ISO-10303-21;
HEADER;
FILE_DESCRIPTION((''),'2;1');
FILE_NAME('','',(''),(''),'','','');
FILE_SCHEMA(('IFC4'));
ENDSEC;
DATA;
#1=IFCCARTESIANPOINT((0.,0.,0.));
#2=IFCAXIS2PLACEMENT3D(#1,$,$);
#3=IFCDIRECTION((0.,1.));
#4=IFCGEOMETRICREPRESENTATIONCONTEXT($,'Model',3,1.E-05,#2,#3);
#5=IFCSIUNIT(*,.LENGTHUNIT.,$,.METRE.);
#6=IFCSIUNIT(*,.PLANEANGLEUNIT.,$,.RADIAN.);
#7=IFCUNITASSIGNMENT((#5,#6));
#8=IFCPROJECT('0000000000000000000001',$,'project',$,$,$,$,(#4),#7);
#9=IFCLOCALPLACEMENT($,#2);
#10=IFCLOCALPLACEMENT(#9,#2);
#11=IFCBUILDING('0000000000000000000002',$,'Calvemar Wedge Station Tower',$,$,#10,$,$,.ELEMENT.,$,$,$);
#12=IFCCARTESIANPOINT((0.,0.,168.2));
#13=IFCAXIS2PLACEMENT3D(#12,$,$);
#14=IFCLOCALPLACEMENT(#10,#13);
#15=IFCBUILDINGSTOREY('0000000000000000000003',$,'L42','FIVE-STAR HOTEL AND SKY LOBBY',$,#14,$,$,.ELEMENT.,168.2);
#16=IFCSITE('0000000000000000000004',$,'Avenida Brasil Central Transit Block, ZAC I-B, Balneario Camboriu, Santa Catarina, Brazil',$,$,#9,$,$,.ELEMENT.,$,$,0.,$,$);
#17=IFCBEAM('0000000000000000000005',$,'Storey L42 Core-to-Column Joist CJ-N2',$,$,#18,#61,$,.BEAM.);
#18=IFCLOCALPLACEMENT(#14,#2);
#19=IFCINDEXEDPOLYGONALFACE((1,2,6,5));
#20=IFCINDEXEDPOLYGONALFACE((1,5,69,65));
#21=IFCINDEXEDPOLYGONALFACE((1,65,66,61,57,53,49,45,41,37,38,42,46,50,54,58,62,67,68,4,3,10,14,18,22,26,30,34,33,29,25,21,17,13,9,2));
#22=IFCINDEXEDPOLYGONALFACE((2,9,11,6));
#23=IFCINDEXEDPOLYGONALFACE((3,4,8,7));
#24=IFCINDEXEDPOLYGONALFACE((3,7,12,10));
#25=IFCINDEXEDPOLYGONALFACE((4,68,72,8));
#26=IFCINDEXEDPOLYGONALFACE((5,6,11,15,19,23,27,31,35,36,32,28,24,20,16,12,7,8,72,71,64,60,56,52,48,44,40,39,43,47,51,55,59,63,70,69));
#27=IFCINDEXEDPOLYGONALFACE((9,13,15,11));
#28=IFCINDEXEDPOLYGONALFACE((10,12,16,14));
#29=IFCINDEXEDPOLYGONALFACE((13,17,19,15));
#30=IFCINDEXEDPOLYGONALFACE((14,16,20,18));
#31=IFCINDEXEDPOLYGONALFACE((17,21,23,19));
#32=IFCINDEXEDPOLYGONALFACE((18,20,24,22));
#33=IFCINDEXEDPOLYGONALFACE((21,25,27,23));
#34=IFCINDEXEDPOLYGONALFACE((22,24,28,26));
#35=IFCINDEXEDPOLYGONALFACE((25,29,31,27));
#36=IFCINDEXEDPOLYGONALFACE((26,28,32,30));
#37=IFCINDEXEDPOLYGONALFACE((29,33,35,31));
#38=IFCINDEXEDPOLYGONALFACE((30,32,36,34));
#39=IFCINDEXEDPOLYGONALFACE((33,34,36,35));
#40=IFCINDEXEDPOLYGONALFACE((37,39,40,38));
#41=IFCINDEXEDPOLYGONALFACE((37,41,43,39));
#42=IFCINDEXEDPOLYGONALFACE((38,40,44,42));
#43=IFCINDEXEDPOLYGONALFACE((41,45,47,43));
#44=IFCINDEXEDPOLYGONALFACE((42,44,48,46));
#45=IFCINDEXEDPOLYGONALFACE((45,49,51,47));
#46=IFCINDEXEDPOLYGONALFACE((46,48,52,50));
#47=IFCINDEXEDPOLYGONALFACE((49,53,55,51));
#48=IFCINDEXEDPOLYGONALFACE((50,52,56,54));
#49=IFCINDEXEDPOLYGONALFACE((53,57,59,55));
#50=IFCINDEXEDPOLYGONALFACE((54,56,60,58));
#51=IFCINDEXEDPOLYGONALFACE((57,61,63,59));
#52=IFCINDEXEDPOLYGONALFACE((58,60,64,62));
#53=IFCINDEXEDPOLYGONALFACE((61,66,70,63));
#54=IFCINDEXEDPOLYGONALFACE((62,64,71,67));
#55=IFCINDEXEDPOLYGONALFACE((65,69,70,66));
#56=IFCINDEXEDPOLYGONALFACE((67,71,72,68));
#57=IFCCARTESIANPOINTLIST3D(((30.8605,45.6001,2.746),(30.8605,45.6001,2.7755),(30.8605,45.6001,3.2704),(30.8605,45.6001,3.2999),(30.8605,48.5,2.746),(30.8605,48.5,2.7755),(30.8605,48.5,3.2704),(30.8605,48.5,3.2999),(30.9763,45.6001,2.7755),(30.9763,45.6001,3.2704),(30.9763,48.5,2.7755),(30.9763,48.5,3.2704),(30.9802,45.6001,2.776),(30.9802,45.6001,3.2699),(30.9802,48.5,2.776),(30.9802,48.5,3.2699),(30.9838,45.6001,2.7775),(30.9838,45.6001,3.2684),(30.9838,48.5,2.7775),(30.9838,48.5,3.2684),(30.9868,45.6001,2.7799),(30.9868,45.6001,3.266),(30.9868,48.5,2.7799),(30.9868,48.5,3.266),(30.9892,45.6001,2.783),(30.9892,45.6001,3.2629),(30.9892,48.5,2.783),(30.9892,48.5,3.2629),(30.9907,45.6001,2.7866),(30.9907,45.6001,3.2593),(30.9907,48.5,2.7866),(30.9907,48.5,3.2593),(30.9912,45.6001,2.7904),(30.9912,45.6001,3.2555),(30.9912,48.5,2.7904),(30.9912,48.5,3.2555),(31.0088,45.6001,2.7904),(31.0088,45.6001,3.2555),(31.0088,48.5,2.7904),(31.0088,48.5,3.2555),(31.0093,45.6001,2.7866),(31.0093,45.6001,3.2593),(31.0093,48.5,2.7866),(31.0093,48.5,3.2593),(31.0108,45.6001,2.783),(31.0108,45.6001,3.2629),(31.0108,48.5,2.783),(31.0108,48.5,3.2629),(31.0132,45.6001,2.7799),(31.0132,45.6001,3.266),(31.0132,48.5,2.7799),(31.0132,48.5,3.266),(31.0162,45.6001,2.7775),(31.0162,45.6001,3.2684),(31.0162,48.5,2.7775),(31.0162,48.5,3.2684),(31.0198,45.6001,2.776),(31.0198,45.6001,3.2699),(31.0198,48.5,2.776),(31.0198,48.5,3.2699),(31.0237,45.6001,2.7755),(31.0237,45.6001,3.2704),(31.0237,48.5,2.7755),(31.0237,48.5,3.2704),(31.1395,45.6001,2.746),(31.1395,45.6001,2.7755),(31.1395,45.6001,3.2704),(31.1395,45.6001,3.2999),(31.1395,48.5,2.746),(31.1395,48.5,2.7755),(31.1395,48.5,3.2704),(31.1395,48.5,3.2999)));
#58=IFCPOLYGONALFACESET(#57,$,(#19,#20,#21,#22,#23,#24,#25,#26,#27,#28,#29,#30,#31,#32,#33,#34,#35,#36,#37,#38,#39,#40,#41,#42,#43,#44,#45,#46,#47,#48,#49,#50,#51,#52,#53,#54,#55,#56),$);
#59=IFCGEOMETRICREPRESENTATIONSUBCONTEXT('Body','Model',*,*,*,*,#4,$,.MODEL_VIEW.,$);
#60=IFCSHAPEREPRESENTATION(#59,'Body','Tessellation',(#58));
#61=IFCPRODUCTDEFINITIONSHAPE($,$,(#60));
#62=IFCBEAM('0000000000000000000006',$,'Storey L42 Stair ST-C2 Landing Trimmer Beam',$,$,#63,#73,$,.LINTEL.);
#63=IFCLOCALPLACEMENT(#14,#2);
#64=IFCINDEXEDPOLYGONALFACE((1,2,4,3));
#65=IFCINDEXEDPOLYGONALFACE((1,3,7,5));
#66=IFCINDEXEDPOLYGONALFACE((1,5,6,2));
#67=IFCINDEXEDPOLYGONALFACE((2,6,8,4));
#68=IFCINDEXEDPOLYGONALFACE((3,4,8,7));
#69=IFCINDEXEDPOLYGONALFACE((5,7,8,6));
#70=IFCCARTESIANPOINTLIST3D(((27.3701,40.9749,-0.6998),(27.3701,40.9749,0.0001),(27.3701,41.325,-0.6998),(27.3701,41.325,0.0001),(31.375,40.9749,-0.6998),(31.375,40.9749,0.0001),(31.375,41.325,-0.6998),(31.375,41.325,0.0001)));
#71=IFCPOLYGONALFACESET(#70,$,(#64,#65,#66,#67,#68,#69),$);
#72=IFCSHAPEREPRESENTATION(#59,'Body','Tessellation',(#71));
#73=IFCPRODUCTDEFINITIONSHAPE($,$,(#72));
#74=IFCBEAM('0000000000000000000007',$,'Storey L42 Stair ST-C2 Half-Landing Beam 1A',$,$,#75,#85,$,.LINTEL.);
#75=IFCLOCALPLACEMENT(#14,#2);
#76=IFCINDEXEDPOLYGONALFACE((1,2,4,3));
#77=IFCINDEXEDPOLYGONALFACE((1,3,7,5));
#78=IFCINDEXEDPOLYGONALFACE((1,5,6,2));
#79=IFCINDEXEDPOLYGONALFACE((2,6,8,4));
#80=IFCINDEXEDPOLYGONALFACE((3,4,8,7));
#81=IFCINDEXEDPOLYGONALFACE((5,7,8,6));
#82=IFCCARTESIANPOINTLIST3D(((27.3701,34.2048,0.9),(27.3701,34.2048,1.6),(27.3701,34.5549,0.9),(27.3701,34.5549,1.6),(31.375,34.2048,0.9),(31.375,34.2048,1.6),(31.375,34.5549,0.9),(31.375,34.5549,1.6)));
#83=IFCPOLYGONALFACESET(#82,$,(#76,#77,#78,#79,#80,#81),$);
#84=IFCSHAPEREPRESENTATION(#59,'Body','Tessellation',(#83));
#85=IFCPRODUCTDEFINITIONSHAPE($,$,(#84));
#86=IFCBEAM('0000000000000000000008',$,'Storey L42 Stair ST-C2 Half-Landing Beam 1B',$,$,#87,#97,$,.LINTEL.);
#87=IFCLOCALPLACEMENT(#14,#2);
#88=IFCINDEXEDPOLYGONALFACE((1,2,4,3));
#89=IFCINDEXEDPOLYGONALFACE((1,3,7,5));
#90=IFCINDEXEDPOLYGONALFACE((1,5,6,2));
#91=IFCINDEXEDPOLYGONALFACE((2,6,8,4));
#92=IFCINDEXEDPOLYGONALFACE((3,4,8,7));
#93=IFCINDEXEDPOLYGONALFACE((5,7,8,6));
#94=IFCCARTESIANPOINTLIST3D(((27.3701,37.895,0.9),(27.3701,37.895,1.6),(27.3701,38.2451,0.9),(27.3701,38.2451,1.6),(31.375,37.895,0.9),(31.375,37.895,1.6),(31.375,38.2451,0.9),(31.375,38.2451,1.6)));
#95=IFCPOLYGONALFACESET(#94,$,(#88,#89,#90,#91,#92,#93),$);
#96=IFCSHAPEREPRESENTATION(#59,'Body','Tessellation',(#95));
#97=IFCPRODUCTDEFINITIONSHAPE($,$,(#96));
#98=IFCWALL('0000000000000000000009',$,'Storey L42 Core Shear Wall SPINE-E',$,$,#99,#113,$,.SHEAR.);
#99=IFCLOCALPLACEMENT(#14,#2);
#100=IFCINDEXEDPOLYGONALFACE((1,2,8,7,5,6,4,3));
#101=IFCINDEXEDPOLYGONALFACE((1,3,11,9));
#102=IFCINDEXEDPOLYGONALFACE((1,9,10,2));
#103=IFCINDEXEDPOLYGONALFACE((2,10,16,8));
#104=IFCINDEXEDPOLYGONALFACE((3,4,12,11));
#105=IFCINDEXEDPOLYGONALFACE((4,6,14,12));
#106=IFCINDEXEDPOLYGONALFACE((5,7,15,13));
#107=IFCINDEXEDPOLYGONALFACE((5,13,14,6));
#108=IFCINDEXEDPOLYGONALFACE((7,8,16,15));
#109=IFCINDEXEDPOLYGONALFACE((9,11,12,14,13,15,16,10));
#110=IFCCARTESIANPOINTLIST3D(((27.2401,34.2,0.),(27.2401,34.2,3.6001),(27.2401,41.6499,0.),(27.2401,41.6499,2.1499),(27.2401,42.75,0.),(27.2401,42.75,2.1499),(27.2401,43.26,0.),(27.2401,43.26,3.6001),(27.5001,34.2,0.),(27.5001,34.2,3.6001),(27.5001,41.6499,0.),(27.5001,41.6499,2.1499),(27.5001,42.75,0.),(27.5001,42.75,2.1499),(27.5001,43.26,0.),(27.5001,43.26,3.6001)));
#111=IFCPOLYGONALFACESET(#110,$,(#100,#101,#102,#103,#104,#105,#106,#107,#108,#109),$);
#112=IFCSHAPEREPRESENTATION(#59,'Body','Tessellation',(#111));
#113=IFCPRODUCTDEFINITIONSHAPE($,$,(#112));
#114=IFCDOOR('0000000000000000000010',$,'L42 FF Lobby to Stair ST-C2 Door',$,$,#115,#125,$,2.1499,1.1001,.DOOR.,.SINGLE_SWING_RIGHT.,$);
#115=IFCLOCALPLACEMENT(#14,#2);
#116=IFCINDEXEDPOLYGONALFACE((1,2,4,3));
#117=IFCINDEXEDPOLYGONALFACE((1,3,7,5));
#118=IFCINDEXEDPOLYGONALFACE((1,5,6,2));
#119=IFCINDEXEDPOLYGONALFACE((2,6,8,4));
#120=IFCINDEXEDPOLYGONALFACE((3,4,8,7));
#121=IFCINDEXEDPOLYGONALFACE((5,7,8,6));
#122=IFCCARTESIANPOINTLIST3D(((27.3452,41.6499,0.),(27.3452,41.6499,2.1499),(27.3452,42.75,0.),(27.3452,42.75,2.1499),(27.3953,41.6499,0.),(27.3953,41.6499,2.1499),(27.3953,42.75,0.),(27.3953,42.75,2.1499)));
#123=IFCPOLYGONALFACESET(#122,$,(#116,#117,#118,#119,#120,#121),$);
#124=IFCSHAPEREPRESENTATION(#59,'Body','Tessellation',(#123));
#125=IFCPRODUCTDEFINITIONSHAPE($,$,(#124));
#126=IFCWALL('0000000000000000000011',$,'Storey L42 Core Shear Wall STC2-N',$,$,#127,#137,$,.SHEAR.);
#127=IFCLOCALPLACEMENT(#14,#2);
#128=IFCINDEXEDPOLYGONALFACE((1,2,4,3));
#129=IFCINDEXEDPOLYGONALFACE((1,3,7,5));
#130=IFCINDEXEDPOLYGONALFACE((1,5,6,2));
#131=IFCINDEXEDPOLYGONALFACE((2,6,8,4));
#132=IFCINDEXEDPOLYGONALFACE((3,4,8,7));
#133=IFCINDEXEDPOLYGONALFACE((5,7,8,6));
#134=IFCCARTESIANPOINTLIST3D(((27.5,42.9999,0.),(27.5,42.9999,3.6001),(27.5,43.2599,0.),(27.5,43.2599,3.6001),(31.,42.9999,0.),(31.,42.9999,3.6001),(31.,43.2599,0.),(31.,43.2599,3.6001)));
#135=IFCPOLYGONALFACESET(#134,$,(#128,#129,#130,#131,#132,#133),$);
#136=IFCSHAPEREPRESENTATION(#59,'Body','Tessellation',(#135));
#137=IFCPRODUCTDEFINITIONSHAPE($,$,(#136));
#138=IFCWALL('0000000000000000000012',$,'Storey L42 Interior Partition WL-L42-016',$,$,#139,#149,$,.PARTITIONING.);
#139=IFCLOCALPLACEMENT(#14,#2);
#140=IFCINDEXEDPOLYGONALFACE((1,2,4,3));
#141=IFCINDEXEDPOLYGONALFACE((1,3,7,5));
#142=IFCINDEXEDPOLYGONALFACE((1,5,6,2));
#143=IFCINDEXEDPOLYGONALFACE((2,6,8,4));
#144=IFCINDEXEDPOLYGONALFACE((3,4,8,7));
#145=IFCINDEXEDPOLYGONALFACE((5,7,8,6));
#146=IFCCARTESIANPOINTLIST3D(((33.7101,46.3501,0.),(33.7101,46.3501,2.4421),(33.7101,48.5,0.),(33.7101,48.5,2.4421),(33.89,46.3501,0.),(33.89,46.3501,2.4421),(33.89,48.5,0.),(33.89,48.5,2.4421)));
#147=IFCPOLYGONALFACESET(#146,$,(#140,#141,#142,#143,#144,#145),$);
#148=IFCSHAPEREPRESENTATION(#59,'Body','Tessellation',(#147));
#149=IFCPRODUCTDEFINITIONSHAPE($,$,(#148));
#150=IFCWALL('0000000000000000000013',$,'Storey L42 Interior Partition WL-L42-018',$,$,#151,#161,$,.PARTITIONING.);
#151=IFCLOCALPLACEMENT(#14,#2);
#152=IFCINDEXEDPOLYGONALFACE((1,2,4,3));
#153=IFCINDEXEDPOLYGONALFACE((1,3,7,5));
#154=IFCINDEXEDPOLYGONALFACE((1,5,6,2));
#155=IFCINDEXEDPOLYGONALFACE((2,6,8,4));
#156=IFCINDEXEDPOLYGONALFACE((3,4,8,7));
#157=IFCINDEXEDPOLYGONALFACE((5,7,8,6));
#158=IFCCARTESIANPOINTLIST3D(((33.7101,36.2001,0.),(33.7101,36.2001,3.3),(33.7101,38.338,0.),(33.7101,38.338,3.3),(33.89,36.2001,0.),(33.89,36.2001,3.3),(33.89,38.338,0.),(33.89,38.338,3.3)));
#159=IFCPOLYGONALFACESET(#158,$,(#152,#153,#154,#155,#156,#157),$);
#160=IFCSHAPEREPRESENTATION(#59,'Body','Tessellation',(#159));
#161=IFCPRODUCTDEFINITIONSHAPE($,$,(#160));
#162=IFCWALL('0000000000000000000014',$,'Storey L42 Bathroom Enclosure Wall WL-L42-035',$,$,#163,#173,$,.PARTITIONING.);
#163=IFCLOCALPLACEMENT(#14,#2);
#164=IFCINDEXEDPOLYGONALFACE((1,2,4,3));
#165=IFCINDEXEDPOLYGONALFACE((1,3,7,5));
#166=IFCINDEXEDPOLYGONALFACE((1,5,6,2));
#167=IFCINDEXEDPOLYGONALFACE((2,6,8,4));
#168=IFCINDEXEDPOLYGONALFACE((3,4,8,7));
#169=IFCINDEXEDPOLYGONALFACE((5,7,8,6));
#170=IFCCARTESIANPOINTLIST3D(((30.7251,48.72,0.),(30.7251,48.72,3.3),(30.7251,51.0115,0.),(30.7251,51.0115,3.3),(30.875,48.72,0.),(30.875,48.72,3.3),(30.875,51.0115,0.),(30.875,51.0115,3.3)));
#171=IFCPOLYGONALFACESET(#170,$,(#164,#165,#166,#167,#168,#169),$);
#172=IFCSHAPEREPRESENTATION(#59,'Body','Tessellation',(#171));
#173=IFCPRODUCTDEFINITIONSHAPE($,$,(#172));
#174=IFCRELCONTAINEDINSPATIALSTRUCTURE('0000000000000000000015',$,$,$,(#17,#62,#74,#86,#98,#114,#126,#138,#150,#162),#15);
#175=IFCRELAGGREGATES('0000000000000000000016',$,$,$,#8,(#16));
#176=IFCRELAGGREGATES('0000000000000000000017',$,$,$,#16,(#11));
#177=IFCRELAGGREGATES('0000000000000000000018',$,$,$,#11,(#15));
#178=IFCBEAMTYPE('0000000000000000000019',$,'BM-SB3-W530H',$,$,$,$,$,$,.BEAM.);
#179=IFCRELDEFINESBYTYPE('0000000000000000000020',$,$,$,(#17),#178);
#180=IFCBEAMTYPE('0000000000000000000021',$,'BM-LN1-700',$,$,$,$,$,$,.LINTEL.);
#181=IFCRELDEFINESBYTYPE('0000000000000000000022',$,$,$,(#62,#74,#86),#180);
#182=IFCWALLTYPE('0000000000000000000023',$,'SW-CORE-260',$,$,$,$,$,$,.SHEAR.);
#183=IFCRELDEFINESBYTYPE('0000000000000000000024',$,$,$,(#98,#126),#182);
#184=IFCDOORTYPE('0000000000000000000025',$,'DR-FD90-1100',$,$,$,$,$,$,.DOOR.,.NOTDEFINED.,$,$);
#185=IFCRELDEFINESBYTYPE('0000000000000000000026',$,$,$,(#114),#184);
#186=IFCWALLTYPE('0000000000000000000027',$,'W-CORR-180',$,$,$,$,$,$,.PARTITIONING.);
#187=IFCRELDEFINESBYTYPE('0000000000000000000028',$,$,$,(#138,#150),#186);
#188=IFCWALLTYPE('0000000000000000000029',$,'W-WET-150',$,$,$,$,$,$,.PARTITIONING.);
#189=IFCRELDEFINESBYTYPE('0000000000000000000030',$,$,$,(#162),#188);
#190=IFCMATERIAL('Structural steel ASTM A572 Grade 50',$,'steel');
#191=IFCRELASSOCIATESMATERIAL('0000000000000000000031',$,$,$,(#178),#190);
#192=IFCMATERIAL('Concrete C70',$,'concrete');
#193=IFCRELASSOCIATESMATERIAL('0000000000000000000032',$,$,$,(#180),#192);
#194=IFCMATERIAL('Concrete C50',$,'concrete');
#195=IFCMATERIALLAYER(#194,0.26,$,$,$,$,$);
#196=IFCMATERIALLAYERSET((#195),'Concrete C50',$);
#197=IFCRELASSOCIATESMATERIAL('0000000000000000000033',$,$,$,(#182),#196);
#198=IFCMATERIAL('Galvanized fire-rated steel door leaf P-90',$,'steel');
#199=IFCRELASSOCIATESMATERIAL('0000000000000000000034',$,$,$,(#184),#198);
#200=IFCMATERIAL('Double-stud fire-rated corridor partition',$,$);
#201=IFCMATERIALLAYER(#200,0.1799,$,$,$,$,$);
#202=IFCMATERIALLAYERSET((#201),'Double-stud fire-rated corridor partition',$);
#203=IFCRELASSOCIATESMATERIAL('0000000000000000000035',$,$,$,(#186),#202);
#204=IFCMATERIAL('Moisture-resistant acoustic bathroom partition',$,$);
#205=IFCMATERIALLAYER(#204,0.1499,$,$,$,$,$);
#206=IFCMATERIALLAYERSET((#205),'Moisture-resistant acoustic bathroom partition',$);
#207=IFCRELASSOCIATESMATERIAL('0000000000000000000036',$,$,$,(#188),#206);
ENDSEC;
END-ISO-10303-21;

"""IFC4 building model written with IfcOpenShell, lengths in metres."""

from ifc_helpers import new_model, si_unit, direction, frame, frame_2d, origin, origin_2d, place, context, subcontext, project, spatial, rectangle, i_section, extrude, source, transform, mapped, material, layer, layer_set, material_profile, profile_set, type_object, element, fill, save


model = new_model("IFC4")

# Units and contexts
model_context = context("Model", 3, precision=1e-05, world=origin(), true_north=direction((0.0, 1.0)))
body_context = subcontext(model_context, "Body", "Model", "MODEL_VIEW")
ifc_project = project(units=[si_unit("LENGTHUNIT", "METRE"), si_unit("PLANEANGLEUNIT", "RADIAN")], contexts=[model_context])

# Site, building, storey
site_placement = place(None, origin())
site = spatial("IfcSite", under=ifc_project, at=site_placement, Name="Avenida Brasil Central Transit Block, ZAC I-B, Balneario Camboriu, Santa Catarina, Brazil", CompositionType="ELEMENT", RefElevation=0.0)
building_placement = place(site_placement, origin())
building = spatial("IfcBuilding", under=site, at=building_placement, Name="Calvemar Wedge Station Tower", CompositionType="ELEMENT")
storey_placement = place(building_placement, frame((0.0, 0.0, 168.2)))
storey = spatial("IfcBuildingStorey", under=building, at=storey_placement, Name="L42", Description="FIVE-STAR HOTEL AND SKY LOBBY", CompositionType="ELEMENT", Elevation=168.2)

# Beams
ifc_material_1 = material(Name="Structural steel ASTM A572 Grade 50", Category="steel")
ifc_material_profile_1 = material_profile(ifc_material_1, i_section(OverallWidth=0.2791, OverallDepth=0.554, WebThickness=0.0176, FlangeThickness=0.0295, FilletRadius=0.0149, at=origin_2d()), Name="W530x196")
ifc_profile_set_1 = profile_set([ifc_material_profile_1], Name="Structural steel ASTM A572 Grade 50")
beam_type_1 = type_object("IfcBeamType", Name="BM-SB3-W530H", PredefinedType="BEAM", material=ifc_profile_set_1)
shared_shape_1 = source(origin(), body_context, "Body", "SweptSolid", [
    extrude(i_section(OverallWidth=0.2791, OverallDepth=0.554, WebThickness=0.0176, FlangeThickness=0.0295, FilletRadius=0.0149, at=origin_2d()), origin(), (0.0, 0.0, 1.0), 2.8999),
])
beam_1_placement = place(storey_placement, frame((31.0, 45.6001, 3.0229), z_axis=(0.0, 1.0, 0.0), x_axis=(-1.0, 0.0, 0.0)))
element("IfcBeam", 1, at=beam_1_placement, inside=storey, type_object=beam_type_1, Name="Storey L42 Core-to-Column Joist CJ-N2", PredefinedType="BEAM", context=body_context, shape_type="MappedRepresentation", body=[
    mapped(shared_shape_1, transform((0.0, 0.0, 0.0), scale=1.0)),
])
ifc_material_2 = material(Name="Concrete C70", Category="concrete")
ifc_material_profile_2 = material_profile(ifc_material_2, rectangle(XDim=0.3501, YDim=0.7, at=origin_2d()), Name="RC350x700")
ifc_profile_set_2 = profile_set([ifc_material_profile_2], Name="Concrete C70")
beam_type_2 = type_object("IfcBeamType", Name="BM-LN1-700", PredefinedType="LINTEL", material=ifc_profile_set_2)
shared_shape_2 = source(origin(), body_context, "Body", "SweptSolid", [
    extrude(rectangle(XDim=0.3501, YDim=0.7, at=origin_2d()), origin(), (0.0, 0.0, 1.0), 4.0049),
])
for number, where, z_axis, x_axis, name in (
    (2, (27.3701, 41.1499, -0.3499), (1.0, 0.0, 0.0), (0.0, 1.0, 0.0), "Storey L42 Stair ST-C2 Landing Trimmer Beam"),
    (3, (27.3701, 34.3799, 1.25), (1.0, 0.0, 0.0), (0.0, 1.0, 0.0), "Storey L42 Stair ST-C2 Half-Landing Beam 1A"),
    (4, (27.3701, 38.0701, 1.25), (1.0, 0.0, 0.0), (0.0, 1.0, 0.0), "Storey L42 Stair ST-C2 Half-Landing Beam 1B"),
):
    element("IfcBeam", number, at=place(storey_placement, frame(where, z_axis=z_axis, x_axis=x_axis)), inside=storey, type_object=beam_type_2, Name=name, PredefinedType="LINTEL", context=body_context, shape_type="MappedRepresentation", body=[
        mapped(shared_shape_2, transform((0.0, 0.0, 0.0), scale=1.0)),
    ])

# Wall, opening, door
ifc_material_3 = material(Name="Concrete C50", Category="concrete")
ifc_layer_1 = layer(ifc_material_3, 0.26)
ifc_layer_set_1 = layer_set([ifc_layer_1], Name="Concrete C50")
wall_type_1 = type_object("IfcWallType", Name="SW-CORE-260", PredefinedType="SHEAR", material=ifc_layer_set_1)
wall_1_placement = place(storey_placement, frame((27.3701, 34.2, 0.0), z_axis=(0.0, 0.0, 1.0), x_axis=(0.0, 1.0, 0.0)))
wall_1 = element("IfcWall", 5, at=wall_1_placement, inside=storey, type_object=wall_type_1, Name="Storey L42 Core Shear Wall SPINE-E", PredefinedType="SHEAR", context=body_context, shape_type="SweptSolid", body=[
    extrude(rectangle(XDim=9.0601, YDim=0.26, at=frame_2d((4.53, 0.0))), origin(), (0.0, 0.0, 1.0), 3.6001),
])
shared_shape_3 = source(origin(), body_context, "Body", "SweptSolid", [
    extrude(rectangle(XDim=1.1001, YDim=2.1499, at=frame_2d((0.55, 1.075))), frame((0.0, 0.1401, 0.0), z_axis=(0.0, -1.0, 0.0), x_axis=(1.0, 0.0, 0.0)), (0.0, 0.0, 1.0), 0.28),
])
opening_1_placement = place(wall_1_placement, frame((7.45, 0.0, 0.0)))
opening_1 = element("IfcOpeningElement", 6, at=opening_1_placement, cuts=wall_1, PredefinedType="OPENING", context=body_context, shape_type="MappedRepresentation", body=[
    mapped(shared_shape_3, transform((0.0, 0.0, 0.0), scale=1.0)),
])
ifc_material_4 = material(Name="Galvanized fire-rated steel door leaf P-90", Category="steel")
door_type_1 = type_object("IfcDoorType", Name="DR-FD90-1100", OperationType="NOTDEFINED", PredefinedType="DOOR", material=ifc_material_4)
shared_shape_4 = source(origin(), body_context, "Body", "SweptSolid", [
    extrude(rectangle(XDim=1.1001, YDim=2.1499, at=frame_2d((0.55, 1.075))), frame((0.0, 0.0249, 0.0), z_axis=(0.0, -1.0, 0.0), x_axis=(1.0, 0.0, 0.0)), (0.0, 0.0, 1.0), 0.05),
])
door_1_placement = place(opening_1_placement, origin())
door_1 = element("IfcDoor", 7, at=door_1_placement, inside=storey, type_object=door_type_1, Name="L42 FF Lobby to Stair ST-C2 Door", OperationType="SINGLE_SWING_RIGHT", OverallHeight=2.1499, OverallWidth=1.1001, PredefinedType="DOOR", context=body_context, shape_type="MappedRepresentation", body=[
    mapped(shared_shape_4, transform((0.0, 0.0, 0.0), scale=1.0)),
])
fill(opening_1, door_1)

# Wall
wall_2_placement = place(storey_placement, frame((27.5, 43.1299, 0.0), z_axis=(0.0, 0.0, 1.0), x_axis=(1.0, 0.0, 0.0)))
element("IfcWall", 8, at=wall_2_placement, inside=storey, type_object=wall_type_1, Name="Storey L42 Core Shear Wall STC2-N", PredefinedType="SHEAR", context=body_context, shape_type="SweptSolid", body=[
    extrude(rectangle(XDim=3.5, YDim=0.26, at=frame_2d((1.75, 0.0))), origin(), (0.0, 0.0, 1.0), 3.6001),
])

# Wall
ifc_material_5 = material(Name="Double-stud fire-rated corridor partition")
ifc_layer_2 = layer(ifc_material_5, 0.1799)
ifc_layer_set_2 = layer_set([ifc_layer_2], Name="Double-stud fire-rated corridor partition")
wall_type_2 = type_object("IfcWallType", Name="W-CORR-180", PredefinedType="PARTITIONING", material=ifc_layer_set_2)
wall_3_placement = place(storey_placement, frame((33.8, 48.5, 0.0), z_axis=(0.0, 0.0, 1.0), x_axis=(0.0, -1.0, 0.0)))
element("IfcWall", 9, at=wall_3_placement, inside=storey, type_object=wall_type_2, Name="Storey L42 Interior Partition WL-L42-016", PredefinedType="PARTITIONING", context=body_context, shape_type="SweptSolid", body=[
    extrude(rectangle(XDim=2.1499, YDim=0.1799, at=frame_2d((1.075, 0.0))), origin(), (0.0, 0.0, 1.0), 2.4421),
])

# Walls
wall_4_placement = place(storey_placement, frame((33.8, 38.3379, 0.0), z_axis=(0.0, 0.0, 1.0), x_axis=(0.0, -1.0, 0.0)))
element("IfcWall", 10, at=wall_4_placement, inside=storey, type_object=wall_type_2, Name="Storey L42 Interior Partition WL-L42-018", PredefinedType="PARTITIONING", context=body_context, shape_type="SweptSolid", body=[
    extrude(rectangle(XDim=2.1379, YDim=0.1799, at=frame_2d((1.0688, 0.0))), origin(), (0.0, 0.0, 1.0), 3.3),
])
ifc_material_6 = material(Name="Moisture-resistant acoustic bathroom partition")
ifc_layer_3 = layer(ifc_material_6, 0.1499)
ifc_layer_set_3 = layer_set([ifc_layer_3], Name="Moisture-resistant acoustic bathroom partition")
wall_type_3 = type_object("IfcWallType", Name="W-WET-150", PredefinedType="PARTITIONING", material=ifc_layer_set_3)
wall_5_placement = place(storey_placement, frame((30.8, 51.0115, 0.0), z_axis=(0.0, 0.0, 1.0), x_axis=(0.0, -1.0, 0.0)))
element("IfcWall", 11, at=wall_5_placement, inside=storey, type_object=wall_type_3, Name="Storey L42 Bathroom Enclosure Wall WL-L42-035", PredefinedType="PARTITIONING", context=body_context, shape_type="SweptSolid", body=[
    extrude(rectangle(XDim=2.2915, YDim=0.1499, at=frame_2d((1.1458, 0.0))), origin(), (0.0, 0.0, 1.0), 3.3),
])

save(model, "model.ifc")
